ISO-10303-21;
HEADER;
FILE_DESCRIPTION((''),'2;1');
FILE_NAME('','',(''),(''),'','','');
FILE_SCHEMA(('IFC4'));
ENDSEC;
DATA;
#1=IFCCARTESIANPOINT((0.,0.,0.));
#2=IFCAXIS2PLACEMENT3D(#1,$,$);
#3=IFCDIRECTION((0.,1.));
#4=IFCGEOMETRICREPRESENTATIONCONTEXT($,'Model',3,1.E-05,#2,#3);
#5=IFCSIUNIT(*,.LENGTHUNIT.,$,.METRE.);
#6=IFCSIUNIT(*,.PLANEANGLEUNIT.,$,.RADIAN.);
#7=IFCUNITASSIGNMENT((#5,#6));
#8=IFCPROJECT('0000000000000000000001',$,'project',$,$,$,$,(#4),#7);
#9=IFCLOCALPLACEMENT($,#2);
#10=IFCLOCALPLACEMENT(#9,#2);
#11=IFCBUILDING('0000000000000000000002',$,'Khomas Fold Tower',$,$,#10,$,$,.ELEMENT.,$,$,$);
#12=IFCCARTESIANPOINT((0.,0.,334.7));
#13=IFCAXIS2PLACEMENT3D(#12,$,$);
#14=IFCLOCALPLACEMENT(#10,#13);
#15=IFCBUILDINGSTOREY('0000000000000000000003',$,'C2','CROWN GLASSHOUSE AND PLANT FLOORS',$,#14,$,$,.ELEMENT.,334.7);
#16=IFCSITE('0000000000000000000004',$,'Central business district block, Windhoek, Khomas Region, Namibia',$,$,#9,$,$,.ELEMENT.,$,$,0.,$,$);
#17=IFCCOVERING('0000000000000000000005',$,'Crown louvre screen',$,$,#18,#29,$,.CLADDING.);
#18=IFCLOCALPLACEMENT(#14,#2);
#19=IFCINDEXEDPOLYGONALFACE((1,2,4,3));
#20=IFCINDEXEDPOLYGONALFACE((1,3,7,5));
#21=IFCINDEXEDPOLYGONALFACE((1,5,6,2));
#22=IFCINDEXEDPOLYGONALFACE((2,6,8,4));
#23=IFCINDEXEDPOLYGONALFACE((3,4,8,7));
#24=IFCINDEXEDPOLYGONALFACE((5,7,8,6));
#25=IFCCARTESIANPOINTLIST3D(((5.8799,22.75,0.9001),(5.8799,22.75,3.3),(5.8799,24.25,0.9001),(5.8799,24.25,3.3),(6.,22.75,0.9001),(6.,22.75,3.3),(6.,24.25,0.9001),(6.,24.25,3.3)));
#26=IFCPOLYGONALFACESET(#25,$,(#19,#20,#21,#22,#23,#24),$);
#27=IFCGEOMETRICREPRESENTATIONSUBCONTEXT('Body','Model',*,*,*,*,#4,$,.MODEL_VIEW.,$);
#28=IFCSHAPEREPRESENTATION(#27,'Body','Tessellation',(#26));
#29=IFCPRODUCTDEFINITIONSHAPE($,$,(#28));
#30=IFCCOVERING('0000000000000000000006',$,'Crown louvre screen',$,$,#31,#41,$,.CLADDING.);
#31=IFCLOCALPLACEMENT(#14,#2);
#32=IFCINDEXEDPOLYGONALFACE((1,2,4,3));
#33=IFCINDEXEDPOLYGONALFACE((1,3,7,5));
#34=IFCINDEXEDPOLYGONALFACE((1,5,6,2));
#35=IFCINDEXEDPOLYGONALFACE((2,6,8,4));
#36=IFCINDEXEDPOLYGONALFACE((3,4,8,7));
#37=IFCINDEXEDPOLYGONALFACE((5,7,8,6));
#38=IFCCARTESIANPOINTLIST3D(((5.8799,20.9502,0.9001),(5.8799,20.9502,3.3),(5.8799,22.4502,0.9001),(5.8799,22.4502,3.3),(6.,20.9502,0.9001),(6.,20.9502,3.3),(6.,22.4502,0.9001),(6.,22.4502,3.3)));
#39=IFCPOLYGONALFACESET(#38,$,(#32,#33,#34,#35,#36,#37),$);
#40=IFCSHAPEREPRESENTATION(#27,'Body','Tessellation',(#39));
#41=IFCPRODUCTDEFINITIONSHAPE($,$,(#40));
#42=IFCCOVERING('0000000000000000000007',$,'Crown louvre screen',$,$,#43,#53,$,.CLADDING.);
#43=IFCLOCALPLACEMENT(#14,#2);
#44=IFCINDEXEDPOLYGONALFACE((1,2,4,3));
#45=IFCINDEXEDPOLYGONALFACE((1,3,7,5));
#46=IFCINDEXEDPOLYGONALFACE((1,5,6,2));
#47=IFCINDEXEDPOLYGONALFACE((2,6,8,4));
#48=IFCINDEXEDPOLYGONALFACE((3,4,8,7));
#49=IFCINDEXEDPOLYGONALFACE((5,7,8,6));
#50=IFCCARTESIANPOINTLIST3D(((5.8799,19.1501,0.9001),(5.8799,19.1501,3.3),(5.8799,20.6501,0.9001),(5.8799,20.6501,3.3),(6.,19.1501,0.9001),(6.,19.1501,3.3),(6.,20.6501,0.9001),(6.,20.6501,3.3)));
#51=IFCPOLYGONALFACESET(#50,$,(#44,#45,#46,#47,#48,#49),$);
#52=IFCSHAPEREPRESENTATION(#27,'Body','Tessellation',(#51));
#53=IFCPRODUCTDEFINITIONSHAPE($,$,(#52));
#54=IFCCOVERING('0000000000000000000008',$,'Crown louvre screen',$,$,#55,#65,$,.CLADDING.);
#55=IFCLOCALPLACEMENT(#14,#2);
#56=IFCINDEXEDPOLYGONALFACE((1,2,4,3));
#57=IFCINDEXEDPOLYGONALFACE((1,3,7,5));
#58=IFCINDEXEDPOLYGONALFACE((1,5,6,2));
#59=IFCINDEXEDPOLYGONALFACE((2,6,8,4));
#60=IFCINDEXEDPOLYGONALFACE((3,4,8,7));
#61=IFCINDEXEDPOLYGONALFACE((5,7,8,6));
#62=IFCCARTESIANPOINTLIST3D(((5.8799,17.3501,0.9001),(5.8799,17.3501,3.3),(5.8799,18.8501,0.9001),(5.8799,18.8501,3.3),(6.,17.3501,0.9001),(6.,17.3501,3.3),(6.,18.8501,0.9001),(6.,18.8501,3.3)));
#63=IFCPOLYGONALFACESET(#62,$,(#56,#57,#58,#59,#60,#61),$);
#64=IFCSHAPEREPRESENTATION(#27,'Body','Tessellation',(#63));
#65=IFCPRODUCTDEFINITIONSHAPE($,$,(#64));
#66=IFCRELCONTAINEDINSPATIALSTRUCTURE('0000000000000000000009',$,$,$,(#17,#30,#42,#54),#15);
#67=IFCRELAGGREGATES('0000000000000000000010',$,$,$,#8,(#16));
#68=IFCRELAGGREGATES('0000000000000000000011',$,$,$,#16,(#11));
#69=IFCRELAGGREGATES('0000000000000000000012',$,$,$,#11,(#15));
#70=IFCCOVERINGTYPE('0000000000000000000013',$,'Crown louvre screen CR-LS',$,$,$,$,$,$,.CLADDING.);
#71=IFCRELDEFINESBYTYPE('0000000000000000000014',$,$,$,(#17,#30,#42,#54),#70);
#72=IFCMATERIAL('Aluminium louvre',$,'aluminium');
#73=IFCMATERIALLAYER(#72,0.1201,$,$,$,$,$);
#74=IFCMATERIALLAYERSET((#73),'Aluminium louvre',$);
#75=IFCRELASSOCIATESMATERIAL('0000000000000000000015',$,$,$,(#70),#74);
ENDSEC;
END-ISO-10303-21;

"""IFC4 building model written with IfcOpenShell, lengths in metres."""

from ifc_helpers import new_model, si_unit, direction, frame, origin, origin_2d, place, context, subcontext, project, spatial, rectangle, extrude, source, transform, mapped, material, layer, layer_set, type_object, element, save


model = new_model("IFC4")

# Units and contexts
model_context = context("Model", 3, precision=1e-05, world=origin(), true_north=direction((0.0, 1.0)))
body_context = subcontext(model_context, "Body", "Model", "MODEL_VIEW")
ifc_project = project(units=[si_unit("LENGTHUNIT", "METRE"), si_unit("PLANEANGLEUNIT", "RADIAN")], contexts=[model_context])

# Site, building, storey
site_placement = place(None, origin())
site = spatial("IfcSite", under=ifc_project, at=site_placement, Name="Central business district block, Windhoek, Khomas Region, Namibia", CompositionType="ELEMENT", RefElevation=0.0)
building_placement = place(site_placement, origin())
building = spatial("IfcBuilding", under=site, at=building_placement, Name="Khomas Fold Tower", CompositionType="ELEMENT")
storey_placement = place(building_placement, frame((0.0, 0.0, 334.7)))
storey = spatial("IfcBuildingStorey", under=building, at=storey_placement, Name="C2", Description="CROWN GLASSHOUSE AND PLANT FLOORS", CompositionType="ELEMENT", Elevation=334.7)

# Coverings
ifc_material_1 = material(Name="Aluminium louvre", Category="aluminium")
ifc_layer_1 = layer(ifc_material_1, 0.1201)
ifc_layer_set_1 = layer_set([ifc_layer_1], Name="Aluminium louvre")
covering_type = type_object("IfcCoveringType", Name="Crown louvre screen CR-LS", PredefinedType="CLADDING", material=ifc_layer_set_1)
shared_shape_1 = source(origin(), body_context, "Body", "SweptSolid", [
    extrude(rectangle(XDim=1.5, YDim=0.1201, at=origin_2d()), origin(), (0.0, 0.0, 1.0), 2.3999),
])
for number, where, z_axis, x_axis, name in (
    (1, (5.9399, 23.5, 0.9001), (0.0, 0.0, 1.0), (0.0, -1.0, 0.0), "Crown louvre screen"),
    (2, (5.9399, 21.7002, 0.9001), (0.0, 0.0, 1.0), (0.0, -1.0, 0.0), "Crown louvre screen"),
    (3, (5.9399, 19.9001, 0.9001), (0.0, 0.0, 1.0), (0.0, -1.0, 0.0), "Crown louvre screen"),
    (4, (5.9399, 18.1001, 0.9001), (0.0, 0.0, 1.0), (0.0, -1.0, 0.0), "Crown louvre screen"),
):
    element("IfcCovering", number, at=place(storey_placement, frame(where, z_axis=z_axis, x_axis=x_axis)), inside=storey, type_object=covering_type, Name=name, PredefinedType="CLADDING", context=body_context, shape_type="MappedRepresentation", body=[
        mapped(shared_shape_1, transform((0.0, 0.0, 0.0))),
    ])

save(model, "model.ifc")
